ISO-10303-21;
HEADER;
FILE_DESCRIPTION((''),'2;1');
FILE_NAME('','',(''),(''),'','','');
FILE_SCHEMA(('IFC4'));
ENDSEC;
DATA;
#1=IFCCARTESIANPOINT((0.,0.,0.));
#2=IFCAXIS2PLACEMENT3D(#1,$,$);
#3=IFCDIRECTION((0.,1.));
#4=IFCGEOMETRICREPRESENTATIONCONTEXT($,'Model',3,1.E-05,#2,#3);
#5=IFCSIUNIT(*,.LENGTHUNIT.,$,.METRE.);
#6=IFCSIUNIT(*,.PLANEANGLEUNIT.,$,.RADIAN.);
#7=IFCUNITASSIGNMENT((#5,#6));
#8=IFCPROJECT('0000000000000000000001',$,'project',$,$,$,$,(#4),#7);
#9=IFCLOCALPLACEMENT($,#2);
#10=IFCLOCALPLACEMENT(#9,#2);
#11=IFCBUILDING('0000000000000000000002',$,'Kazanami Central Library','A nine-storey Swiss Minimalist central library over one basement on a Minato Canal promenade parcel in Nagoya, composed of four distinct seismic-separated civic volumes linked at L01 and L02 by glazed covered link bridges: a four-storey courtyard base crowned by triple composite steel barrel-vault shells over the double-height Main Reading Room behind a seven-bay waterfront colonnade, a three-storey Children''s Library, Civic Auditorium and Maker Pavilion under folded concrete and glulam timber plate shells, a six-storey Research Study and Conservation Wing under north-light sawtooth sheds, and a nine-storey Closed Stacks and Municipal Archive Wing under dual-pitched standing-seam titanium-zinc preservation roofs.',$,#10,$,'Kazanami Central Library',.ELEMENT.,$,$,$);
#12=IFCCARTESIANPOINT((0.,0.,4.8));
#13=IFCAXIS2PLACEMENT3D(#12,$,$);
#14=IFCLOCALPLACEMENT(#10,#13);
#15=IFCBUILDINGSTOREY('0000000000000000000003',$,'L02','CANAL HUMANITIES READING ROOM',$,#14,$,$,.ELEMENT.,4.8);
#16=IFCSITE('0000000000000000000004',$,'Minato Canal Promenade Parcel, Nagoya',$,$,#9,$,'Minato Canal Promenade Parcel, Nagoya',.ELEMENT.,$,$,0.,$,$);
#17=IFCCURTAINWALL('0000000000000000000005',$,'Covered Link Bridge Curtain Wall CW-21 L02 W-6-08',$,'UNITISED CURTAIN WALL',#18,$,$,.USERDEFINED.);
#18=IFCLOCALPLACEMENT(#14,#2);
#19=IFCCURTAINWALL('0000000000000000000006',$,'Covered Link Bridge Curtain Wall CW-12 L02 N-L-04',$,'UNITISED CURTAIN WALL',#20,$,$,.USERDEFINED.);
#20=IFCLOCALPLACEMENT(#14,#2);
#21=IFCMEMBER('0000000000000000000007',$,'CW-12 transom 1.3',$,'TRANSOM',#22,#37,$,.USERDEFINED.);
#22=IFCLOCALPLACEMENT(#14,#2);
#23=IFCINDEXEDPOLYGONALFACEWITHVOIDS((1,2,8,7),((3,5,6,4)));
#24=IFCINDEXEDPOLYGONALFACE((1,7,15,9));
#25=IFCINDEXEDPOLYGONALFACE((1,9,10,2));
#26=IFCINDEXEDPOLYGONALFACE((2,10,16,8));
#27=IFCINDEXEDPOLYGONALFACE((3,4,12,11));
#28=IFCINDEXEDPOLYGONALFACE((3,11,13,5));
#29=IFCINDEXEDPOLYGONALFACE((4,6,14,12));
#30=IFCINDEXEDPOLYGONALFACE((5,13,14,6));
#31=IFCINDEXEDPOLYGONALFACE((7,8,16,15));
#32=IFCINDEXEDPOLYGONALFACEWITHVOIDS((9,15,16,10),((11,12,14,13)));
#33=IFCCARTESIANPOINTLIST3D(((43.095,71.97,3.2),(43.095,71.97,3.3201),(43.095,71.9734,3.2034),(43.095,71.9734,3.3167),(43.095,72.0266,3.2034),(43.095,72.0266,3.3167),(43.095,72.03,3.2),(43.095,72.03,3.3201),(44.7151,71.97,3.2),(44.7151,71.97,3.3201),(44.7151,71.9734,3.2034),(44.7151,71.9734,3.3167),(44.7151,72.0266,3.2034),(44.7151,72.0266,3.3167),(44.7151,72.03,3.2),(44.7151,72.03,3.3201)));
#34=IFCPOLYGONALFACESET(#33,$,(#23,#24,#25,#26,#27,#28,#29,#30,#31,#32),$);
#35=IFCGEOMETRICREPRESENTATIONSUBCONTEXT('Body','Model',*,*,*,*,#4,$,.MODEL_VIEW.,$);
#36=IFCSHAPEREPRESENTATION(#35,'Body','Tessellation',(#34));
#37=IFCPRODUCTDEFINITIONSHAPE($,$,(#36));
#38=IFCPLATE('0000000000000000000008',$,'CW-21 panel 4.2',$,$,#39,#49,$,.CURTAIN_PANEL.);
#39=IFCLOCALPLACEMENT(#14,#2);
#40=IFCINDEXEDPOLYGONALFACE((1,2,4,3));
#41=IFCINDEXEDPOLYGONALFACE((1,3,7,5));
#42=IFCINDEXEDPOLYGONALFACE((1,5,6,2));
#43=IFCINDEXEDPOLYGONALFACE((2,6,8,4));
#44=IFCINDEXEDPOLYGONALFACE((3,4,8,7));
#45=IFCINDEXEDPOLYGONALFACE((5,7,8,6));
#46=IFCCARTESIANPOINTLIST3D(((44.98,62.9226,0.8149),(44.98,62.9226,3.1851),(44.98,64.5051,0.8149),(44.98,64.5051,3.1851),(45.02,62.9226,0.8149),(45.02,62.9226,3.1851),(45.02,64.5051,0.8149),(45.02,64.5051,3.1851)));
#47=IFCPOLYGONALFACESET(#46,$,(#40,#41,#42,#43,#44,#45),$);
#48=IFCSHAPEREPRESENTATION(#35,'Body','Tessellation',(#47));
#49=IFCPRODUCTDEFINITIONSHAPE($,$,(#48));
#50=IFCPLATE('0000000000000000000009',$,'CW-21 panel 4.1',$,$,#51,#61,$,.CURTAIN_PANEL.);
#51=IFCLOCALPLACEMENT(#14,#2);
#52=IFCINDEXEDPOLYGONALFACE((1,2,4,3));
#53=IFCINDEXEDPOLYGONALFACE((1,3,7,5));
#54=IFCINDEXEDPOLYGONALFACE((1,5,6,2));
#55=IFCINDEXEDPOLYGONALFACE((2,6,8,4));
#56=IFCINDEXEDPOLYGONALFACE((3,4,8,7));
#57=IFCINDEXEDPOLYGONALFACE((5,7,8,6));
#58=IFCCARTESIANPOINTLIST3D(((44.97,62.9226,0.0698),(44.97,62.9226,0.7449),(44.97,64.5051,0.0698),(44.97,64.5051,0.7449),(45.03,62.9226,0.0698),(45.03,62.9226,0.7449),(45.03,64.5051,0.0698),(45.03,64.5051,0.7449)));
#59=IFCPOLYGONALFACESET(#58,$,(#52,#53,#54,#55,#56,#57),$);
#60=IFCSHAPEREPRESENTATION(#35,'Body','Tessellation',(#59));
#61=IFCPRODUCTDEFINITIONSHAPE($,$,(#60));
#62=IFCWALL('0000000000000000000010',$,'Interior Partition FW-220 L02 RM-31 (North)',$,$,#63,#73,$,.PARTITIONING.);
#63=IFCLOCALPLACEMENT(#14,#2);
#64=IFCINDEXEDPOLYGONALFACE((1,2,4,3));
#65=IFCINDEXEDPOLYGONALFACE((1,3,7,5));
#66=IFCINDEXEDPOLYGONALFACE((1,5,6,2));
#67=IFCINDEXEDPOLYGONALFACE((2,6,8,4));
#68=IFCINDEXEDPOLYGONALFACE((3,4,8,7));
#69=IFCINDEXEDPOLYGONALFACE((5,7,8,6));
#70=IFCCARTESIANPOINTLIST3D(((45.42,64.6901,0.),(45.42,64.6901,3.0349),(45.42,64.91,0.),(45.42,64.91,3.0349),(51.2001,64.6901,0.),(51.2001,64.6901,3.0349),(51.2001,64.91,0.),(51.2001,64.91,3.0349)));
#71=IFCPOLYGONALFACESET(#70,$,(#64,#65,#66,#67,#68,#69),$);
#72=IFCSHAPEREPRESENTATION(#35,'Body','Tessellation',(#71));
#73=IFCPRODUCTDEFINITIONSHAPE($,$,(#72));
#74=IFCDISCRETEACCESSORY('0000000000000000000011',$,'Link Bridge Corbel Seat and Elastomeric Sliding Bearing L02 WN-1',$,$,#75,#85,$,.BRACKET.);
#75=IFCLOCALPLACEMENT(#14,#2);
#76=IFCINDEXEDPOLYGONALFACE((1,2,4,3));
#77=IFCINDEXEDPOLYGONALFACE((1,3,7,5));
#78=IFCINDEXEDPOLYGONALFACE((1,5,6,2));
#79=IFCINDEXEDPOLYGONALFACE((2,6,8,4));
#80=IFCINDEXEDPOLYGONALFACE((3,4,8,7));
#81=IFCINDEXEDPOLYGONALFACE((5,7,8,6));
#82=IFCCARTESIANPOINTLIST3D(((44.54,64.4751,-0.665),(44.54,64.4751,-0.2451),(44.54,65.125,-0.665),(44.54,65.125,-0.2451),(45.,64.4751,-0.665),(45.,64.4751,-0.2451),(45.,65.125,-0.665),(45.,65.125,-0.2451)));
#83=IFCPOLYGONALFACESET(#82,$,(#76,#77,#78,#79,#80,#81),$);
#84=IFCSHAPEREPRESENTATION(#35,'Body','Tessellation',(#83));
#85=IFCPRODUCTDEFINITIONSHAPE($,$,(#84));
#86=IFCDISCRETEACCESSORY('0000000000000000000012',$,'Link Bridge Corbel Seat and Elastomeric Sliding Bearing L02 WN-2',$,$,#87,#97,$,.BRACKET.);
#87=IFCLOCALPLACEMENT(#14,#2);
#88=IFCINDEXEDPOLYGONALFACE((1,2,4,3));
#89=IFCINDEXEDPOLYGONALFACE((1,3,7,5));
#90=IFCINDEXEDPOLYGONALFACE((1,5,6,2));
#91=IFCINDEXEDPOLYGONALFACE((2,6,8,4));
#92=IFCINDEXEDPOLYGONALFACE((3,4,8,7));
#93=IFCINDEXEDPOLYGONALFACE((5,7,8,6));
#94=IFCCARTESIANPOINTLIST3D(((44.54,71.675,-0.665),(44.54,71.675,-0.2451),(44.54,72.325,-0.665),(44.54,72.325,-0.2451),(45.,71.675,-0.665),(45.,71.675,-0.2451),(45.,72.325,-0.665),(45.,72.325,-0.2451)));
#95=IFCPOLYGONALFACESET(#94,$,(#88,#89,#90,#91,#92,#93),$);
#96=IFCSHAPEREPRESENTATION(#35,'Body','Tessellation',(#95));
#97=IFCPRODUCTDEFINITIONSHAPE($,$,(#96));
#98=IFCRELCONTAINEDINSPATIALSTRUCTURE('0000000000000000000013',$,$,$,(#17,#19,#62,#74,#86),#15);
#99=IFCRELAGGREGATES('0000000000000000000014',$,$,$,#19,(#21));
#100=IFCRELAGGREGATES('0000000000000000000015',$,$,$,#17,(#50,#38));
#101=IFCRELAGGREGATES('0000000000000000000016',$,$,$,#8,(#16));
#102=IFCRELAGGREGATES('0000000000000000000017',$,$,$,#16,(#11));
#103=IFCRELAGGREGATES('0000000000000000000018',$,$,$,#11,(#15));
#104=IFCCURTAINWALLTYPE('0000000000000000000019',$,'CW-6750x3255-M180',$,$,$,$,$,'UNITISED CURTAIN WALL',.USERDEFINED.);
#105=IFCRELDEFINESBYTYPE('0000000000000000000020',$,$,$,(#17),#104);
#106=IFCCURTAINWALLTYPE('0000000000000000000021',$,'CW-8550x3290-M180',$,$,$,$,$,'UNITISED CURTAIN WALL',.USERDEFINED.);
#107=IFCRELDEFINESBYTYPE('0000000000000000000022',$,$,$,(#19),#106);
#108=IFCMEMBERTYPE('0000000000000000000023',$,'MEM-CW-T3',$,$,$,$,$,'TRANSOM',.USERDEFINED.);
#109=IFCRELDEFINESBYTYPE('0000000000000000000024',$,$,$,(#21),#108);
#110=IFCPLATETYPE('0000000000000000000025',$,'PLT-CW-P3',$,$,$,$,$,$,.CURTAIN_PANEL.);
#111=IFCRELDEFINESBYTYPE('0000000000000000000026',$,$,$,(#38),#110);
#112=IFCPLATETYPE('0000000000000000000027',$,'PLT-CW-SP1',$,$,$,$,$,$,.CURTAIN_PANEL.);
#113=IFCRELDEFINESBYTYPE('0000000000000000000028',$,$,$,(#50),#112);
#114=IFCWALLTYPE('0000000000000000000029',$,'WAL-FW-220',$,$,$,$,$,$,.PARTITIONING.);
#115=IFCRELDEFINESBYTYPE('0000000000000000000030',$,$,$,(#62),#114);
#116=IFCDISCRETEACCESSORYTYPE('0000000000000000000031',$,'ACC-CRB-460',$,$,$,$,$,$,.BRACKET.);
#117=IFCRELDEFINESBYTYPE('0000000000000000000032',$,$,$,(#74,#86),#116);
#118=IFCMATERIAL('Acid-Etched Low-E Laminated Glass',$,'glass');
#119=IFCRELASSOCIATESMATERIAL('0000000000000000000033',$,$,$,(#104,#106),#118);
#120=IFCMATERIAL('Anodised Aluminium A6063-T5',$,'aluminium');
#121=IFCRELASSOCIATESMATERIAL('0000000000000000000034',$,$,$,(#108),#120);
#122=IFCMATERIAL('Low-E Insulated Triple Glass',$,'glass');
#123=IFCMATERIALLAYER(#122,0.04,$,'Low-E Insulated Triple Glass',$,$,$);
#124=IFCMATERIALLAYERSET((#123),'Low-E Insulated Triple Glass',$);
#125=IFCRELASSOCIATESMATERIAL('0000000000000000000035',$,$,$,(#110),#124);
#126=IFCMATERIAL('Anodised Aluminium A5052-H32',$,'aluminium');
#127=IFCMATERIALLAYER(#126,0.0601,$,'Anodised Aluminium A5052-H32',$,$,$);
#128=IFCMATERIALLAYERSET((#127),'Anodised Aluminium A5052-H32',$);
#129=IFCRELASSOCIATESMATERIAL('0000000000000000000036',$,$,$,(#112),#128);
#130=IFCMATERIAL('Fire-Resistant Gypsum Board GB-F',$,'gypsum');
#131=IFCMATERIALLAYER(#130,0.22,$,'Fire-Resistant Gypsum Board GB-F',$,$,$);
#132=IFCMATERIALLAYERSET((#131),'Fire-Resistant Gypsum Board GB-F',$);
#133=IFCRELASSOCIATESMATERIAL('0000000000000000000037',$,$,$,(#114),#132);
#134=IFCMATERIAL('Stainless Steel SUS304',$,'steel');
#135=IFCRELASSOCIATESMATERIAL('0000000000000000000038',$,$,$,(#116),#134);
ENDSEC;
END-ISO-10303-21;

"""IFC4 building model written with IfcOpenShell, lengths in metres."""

from ifc_helpers import new_model, si_unit, direction, frame, frame_2d, origin, origin_2d, place, context, subcontext, project, spatial, rectangle, hollow_rectangle, extrude, material, layer, layer_set, material_profile, profile_set, type_object, element, aggregate, save


model = new_model("IFC4")

# Units and contexts
model_context = context("Model", 3, precision=1e-05, world=origin(), true_north=direction((0.0, 1.0)))
body_context = subcontext(model_context, "Body", "Model", "MODEL_VIEW")
ifc_project = project(units=[si_unit("LENGTHUNIT", "METRE"), si_unit("PLANEANGLEUNIT", "RADIAN")], contexts=[model_context])

# Site, building, storey
site_placement = place(None, origin())
site = spatial("IfcSite", under=ifc_project, at=site_placement, Name="Minato Canal Promenade Parcel, Nagoya", LongName="Minato Canal Promenade Parcel, Nagoya", CompositionType="ELEMENT", RefElevation=0.0)
building_placement = place(site_placement, origin())
building = spatial("IfcBuilding", under=site, at=building_placement, Name="Kazanami Central Library", Description="A nine-storey Swiss Minimalist central library over one basement on a Minato Canal promenade parcel in Nagoya, composed of four distinct seismic-separated civic volumes linked at L01 and L02 by glazed covered link bridges: a four-storey courtyard base crowned by triple composite steel barrel-vault shells over the double-height Main Reading Room behind a seven-bay waterfront colonnade, a three-storey Children's Library, Civic Auditorium and Maker Pavilion under folded concrete and glulam timber plate shells, a six-storey Research Study and Conservation Wing under north-light sawtooth sheds, and a nine-storey Closed Stacks and Municipal Archive Wing under dual-pitched standing-seam titanium-zinc preservation roofs.", LongName="Kazanami Central Library", CompositionType="ELEMENT")
storey_placement = place(building_placement, frame((0.0, 0.0, 4.8)))
storey = spatial("IfcBuildingStorey", under=building, at=storey_placement, Name="L02", Description="CANAL HUMANITIES READING ROOM", CompositionType="ELEMENT", Elevation=4.8)

# Curtain walls
ifc_material_1 = material(Name="Acid-Etched Low-E Laminated Glass", Category="glass")
ifc_material_2 = material(Name="Anodised Aluminium A6063-T5", Category="aluminium")
curtain_wall_type_1 = type_object("IfcCurtainWallType", Name="CW-6750x3255-M180", ElementType="UNITISED CURTAIN WALL", PredefinedType="USERDEFINED", material=ifc_material_1)
curtain_wall_1_placement = place(storey_placement, origin())
curtain_wall_1 = element("IfcCurtainWall", 1, at=curtain_wall_1_placement, inside=storey, type_object=curtain_wall_type_1, Name="Covered Link Bridge Curtain Wall CW-21 L02 W-6-08", ObjectType="UNITISED CURTAIN WALL", PredefinedType="USERDEFINED")
curtain_wall_type_2 = type_object("IfcCurtainWallType", Name="CW-8550x3290-M180", ElementType="UNITISED CURTAIN WALL", PredefinedType="USERDEFINED", material=ifc_material_1)
curtain_wall_2_placement = place(storey_placement, origin())
curtain_wall_2 = element("IfcCurtainWall", 2, at=curtain_wall_2_placement, inside=storey, type_object=curtain_wall_type_2, Name="Covered Link Bridge Curtain Wall CW-12 L02 N-L-04", ObjectType="UNITISED CURTAIN WALL", PredefinedType="USERDEFINED")

# Member
ifc_material_profile_1 = material_profile(ifc_material_2, hollow_rectangle(XDim=0.0601, YDim=0.1201, WallThickness=0.0034, at=origin_2d()), Name="ALU-TRAN-60x120x3.5")
ifc_profile_set_1 = profile_set([ifc_material_profile_1], Name="Anodised Aluminium A6063-T5")
member_type_1 = type_object("IfcMemberType", Name="MEM-CW-T3", ElementType="TRANSOM", PredefinedType="USERDEFINED", material=ifc_profile_set_1)
member_1_placement = place(storey_placement, frame((44.7151, 72.0, 3.26), z_axis=(-1.0, 0.0, 0.0), x_axis=(0.0, -1.0, 0.0)))
member_1 = element("IfcMember", 3, at=member_1_placement, type_object=member_type_1, Name="CW-12 transom 1.3", ObjectType="TRANSOM", PredefinedType="USERDEFINED", context=body_context, shape_type="SweptSolid", body=[
    extrude(hollow_rectangle(XDim=0.0601, YDim=0.1201, WallThickness=0.0034, at=origin_2d()), origin(), (0.0, 0.0, 1.0), 1.6201),
])
aggregate(curtain_wall_2, [member_1])

# Plates
ifc_material_3 = material(Name="Low-E Insulated Triple Glass", Category="glass")
ifc_layer_1 = layer(ifc_material_3, 0.04, Name="Low-E Insulated Triple Glass")
ifc_layer_set_1 = layer_set([ifc_layer_1], Name="Low-E Insulated Triple Glass")
plate_type_1 = type_object("IfcPlateType", Name="PLT-CW-P3", PredefinedType="CURTAIN_PANEL", material=ifc_layer_set_1)
plate_1_placement = place(storey_placement, frame((45.0, 63.7139, 0.8149), z_axis=(0.0, 0.0, 1.0), x_axis=(0.0, 1.0, 0.0)))
plate_1 = element("IfcPlate", 4, at=plate_1_placement, type_object=plate_type_1, Name="CW-21 panel 4.2", PredefinedType="CURTAIN_PANEL", context=body_context, shape_type="SweptSolid", body=[
    extrude(rectangle(XDim=1.5825, YDim=0.04, at=origin_2d()), origin(), (0.0, 0.0, 1.0), 2.3701),
])
ifc_material_4 = material(Name="Anodised Aluminium A5052-H32", Category="aluminium")
ifc_layer_2 = layer(ifc_material_4, 0.0601, Name="Anodised Aluminium A5052-H32")
ifc_layer_set_2 = layer_set([ifc_layer_2], Name="Anodised Aluminium A5052-H32")
plate_type_2 = type_object("IfcPlateType", Name="PLT-CW-SP1", PredefinedType="CURTAIN_PANEL", material=ifc_layer_set_2)
plate_2_placement = place(storey_placement, frame((45.0, 63.7139, 0.0698), z_axis=(0.0, 0.0, 1.0), x_axis=(0.0, 1.0, 0.0)))
plate_2 = element("IfcPlate", 5, at=plate_2_placement, type_object=plate_type_2, Name="CW-21 panel 4.1", PredefinedType="CURTAIN_PANEL", context=body_context, shape_type="SweptSolid", body=[
    extrude(rectangle(XDim=1.5825, YDim=0.0601, at=origin_2d()), origin(), (0.0, 0.0, 1.0), 0.675),
])
aggregate(curtain_wall_1, [plate_2, plate_1])

# Wall
ifc_material_5 = material(Name="Fire-Resistant Gypsum Board GB-F", Category="gypsum")
ifc_layer_3 = layer(ifc_material_5, 0.22, Name="Fire-Resistant Gypsum Board GB-F")
ifc_layer_set_3 = layer_set([ifc_layer_3], Name="Fire-Resistant Gypsum Board GB-F")
wall_type = type_object("IfcWallType", Name="WAL-FW-220", PredefinedType="PARTITIONING", material=ifc_layer_set_3)
wall_placement = place(storey_placement, frame((45.4199, 64.8, 0.0), z_axis=(0.0, 0.0, 1.0), x_axis=(1.0, 0.0, 0.0)))
element("IfcWall", 6, at=wall_placement, inside=storey, type_object=wall_type, Name="Interior Partition FW-220 L02 RM-31 (North)", PredefinedType="PARTITIONING", context=body_context, shape_type="SweptSolid", body=[
    extrude(rectangle(XDim=5.78, YDim=0.22, at=frame_2d((2.8901, 0.0))), origin(), (0.0, 0.0, 1.0), 3.0349),
])

# Discrete accessories
ifc_material_6 = material(Name="Stainless Steel SUS304", Category="steel")
discrete_accessory_type = type_object("IfcDiscreteAccessoryType", Name="ACC-CRB-460", PredefinedType="BRACKET", material=ifc_material_6)
for number, where, z_axis, x_axis, name in (
    (7, (44.77, 64.8, -0.665), (0.0, 0.0, 1.0), (1.0, 0.0, 0.0), "Link Bridge Corbel Seat and Elastomeric Sliding Bearing L02 WN-1"),
    (8, (44.77, 72.0, -0.665), (0.0, 0.0, 1.0), (1.0, 0.0, 0.0), "Link Bridge Corbel Seat and Elastomeric Sliding Bearing L02 WN-2"),
):
    element("IfcDiscreteAccessory", number, at=place(storey_placement, frame(where, z_axis=z_axis, x_axis=x_axis)), inside=storey, type_object=discrete_accessory_type, Name=name, PredefinedType="BRACKET", context=body_context, shape_type="SweptSolid", body=[
        extrude(rectangle(XDim=0.46, YDim=0.6499, at=origin_2d()), origin(), (0.0, 0.0, 1.0), 0.4199),
    ])

save(model, "model.ifc")
